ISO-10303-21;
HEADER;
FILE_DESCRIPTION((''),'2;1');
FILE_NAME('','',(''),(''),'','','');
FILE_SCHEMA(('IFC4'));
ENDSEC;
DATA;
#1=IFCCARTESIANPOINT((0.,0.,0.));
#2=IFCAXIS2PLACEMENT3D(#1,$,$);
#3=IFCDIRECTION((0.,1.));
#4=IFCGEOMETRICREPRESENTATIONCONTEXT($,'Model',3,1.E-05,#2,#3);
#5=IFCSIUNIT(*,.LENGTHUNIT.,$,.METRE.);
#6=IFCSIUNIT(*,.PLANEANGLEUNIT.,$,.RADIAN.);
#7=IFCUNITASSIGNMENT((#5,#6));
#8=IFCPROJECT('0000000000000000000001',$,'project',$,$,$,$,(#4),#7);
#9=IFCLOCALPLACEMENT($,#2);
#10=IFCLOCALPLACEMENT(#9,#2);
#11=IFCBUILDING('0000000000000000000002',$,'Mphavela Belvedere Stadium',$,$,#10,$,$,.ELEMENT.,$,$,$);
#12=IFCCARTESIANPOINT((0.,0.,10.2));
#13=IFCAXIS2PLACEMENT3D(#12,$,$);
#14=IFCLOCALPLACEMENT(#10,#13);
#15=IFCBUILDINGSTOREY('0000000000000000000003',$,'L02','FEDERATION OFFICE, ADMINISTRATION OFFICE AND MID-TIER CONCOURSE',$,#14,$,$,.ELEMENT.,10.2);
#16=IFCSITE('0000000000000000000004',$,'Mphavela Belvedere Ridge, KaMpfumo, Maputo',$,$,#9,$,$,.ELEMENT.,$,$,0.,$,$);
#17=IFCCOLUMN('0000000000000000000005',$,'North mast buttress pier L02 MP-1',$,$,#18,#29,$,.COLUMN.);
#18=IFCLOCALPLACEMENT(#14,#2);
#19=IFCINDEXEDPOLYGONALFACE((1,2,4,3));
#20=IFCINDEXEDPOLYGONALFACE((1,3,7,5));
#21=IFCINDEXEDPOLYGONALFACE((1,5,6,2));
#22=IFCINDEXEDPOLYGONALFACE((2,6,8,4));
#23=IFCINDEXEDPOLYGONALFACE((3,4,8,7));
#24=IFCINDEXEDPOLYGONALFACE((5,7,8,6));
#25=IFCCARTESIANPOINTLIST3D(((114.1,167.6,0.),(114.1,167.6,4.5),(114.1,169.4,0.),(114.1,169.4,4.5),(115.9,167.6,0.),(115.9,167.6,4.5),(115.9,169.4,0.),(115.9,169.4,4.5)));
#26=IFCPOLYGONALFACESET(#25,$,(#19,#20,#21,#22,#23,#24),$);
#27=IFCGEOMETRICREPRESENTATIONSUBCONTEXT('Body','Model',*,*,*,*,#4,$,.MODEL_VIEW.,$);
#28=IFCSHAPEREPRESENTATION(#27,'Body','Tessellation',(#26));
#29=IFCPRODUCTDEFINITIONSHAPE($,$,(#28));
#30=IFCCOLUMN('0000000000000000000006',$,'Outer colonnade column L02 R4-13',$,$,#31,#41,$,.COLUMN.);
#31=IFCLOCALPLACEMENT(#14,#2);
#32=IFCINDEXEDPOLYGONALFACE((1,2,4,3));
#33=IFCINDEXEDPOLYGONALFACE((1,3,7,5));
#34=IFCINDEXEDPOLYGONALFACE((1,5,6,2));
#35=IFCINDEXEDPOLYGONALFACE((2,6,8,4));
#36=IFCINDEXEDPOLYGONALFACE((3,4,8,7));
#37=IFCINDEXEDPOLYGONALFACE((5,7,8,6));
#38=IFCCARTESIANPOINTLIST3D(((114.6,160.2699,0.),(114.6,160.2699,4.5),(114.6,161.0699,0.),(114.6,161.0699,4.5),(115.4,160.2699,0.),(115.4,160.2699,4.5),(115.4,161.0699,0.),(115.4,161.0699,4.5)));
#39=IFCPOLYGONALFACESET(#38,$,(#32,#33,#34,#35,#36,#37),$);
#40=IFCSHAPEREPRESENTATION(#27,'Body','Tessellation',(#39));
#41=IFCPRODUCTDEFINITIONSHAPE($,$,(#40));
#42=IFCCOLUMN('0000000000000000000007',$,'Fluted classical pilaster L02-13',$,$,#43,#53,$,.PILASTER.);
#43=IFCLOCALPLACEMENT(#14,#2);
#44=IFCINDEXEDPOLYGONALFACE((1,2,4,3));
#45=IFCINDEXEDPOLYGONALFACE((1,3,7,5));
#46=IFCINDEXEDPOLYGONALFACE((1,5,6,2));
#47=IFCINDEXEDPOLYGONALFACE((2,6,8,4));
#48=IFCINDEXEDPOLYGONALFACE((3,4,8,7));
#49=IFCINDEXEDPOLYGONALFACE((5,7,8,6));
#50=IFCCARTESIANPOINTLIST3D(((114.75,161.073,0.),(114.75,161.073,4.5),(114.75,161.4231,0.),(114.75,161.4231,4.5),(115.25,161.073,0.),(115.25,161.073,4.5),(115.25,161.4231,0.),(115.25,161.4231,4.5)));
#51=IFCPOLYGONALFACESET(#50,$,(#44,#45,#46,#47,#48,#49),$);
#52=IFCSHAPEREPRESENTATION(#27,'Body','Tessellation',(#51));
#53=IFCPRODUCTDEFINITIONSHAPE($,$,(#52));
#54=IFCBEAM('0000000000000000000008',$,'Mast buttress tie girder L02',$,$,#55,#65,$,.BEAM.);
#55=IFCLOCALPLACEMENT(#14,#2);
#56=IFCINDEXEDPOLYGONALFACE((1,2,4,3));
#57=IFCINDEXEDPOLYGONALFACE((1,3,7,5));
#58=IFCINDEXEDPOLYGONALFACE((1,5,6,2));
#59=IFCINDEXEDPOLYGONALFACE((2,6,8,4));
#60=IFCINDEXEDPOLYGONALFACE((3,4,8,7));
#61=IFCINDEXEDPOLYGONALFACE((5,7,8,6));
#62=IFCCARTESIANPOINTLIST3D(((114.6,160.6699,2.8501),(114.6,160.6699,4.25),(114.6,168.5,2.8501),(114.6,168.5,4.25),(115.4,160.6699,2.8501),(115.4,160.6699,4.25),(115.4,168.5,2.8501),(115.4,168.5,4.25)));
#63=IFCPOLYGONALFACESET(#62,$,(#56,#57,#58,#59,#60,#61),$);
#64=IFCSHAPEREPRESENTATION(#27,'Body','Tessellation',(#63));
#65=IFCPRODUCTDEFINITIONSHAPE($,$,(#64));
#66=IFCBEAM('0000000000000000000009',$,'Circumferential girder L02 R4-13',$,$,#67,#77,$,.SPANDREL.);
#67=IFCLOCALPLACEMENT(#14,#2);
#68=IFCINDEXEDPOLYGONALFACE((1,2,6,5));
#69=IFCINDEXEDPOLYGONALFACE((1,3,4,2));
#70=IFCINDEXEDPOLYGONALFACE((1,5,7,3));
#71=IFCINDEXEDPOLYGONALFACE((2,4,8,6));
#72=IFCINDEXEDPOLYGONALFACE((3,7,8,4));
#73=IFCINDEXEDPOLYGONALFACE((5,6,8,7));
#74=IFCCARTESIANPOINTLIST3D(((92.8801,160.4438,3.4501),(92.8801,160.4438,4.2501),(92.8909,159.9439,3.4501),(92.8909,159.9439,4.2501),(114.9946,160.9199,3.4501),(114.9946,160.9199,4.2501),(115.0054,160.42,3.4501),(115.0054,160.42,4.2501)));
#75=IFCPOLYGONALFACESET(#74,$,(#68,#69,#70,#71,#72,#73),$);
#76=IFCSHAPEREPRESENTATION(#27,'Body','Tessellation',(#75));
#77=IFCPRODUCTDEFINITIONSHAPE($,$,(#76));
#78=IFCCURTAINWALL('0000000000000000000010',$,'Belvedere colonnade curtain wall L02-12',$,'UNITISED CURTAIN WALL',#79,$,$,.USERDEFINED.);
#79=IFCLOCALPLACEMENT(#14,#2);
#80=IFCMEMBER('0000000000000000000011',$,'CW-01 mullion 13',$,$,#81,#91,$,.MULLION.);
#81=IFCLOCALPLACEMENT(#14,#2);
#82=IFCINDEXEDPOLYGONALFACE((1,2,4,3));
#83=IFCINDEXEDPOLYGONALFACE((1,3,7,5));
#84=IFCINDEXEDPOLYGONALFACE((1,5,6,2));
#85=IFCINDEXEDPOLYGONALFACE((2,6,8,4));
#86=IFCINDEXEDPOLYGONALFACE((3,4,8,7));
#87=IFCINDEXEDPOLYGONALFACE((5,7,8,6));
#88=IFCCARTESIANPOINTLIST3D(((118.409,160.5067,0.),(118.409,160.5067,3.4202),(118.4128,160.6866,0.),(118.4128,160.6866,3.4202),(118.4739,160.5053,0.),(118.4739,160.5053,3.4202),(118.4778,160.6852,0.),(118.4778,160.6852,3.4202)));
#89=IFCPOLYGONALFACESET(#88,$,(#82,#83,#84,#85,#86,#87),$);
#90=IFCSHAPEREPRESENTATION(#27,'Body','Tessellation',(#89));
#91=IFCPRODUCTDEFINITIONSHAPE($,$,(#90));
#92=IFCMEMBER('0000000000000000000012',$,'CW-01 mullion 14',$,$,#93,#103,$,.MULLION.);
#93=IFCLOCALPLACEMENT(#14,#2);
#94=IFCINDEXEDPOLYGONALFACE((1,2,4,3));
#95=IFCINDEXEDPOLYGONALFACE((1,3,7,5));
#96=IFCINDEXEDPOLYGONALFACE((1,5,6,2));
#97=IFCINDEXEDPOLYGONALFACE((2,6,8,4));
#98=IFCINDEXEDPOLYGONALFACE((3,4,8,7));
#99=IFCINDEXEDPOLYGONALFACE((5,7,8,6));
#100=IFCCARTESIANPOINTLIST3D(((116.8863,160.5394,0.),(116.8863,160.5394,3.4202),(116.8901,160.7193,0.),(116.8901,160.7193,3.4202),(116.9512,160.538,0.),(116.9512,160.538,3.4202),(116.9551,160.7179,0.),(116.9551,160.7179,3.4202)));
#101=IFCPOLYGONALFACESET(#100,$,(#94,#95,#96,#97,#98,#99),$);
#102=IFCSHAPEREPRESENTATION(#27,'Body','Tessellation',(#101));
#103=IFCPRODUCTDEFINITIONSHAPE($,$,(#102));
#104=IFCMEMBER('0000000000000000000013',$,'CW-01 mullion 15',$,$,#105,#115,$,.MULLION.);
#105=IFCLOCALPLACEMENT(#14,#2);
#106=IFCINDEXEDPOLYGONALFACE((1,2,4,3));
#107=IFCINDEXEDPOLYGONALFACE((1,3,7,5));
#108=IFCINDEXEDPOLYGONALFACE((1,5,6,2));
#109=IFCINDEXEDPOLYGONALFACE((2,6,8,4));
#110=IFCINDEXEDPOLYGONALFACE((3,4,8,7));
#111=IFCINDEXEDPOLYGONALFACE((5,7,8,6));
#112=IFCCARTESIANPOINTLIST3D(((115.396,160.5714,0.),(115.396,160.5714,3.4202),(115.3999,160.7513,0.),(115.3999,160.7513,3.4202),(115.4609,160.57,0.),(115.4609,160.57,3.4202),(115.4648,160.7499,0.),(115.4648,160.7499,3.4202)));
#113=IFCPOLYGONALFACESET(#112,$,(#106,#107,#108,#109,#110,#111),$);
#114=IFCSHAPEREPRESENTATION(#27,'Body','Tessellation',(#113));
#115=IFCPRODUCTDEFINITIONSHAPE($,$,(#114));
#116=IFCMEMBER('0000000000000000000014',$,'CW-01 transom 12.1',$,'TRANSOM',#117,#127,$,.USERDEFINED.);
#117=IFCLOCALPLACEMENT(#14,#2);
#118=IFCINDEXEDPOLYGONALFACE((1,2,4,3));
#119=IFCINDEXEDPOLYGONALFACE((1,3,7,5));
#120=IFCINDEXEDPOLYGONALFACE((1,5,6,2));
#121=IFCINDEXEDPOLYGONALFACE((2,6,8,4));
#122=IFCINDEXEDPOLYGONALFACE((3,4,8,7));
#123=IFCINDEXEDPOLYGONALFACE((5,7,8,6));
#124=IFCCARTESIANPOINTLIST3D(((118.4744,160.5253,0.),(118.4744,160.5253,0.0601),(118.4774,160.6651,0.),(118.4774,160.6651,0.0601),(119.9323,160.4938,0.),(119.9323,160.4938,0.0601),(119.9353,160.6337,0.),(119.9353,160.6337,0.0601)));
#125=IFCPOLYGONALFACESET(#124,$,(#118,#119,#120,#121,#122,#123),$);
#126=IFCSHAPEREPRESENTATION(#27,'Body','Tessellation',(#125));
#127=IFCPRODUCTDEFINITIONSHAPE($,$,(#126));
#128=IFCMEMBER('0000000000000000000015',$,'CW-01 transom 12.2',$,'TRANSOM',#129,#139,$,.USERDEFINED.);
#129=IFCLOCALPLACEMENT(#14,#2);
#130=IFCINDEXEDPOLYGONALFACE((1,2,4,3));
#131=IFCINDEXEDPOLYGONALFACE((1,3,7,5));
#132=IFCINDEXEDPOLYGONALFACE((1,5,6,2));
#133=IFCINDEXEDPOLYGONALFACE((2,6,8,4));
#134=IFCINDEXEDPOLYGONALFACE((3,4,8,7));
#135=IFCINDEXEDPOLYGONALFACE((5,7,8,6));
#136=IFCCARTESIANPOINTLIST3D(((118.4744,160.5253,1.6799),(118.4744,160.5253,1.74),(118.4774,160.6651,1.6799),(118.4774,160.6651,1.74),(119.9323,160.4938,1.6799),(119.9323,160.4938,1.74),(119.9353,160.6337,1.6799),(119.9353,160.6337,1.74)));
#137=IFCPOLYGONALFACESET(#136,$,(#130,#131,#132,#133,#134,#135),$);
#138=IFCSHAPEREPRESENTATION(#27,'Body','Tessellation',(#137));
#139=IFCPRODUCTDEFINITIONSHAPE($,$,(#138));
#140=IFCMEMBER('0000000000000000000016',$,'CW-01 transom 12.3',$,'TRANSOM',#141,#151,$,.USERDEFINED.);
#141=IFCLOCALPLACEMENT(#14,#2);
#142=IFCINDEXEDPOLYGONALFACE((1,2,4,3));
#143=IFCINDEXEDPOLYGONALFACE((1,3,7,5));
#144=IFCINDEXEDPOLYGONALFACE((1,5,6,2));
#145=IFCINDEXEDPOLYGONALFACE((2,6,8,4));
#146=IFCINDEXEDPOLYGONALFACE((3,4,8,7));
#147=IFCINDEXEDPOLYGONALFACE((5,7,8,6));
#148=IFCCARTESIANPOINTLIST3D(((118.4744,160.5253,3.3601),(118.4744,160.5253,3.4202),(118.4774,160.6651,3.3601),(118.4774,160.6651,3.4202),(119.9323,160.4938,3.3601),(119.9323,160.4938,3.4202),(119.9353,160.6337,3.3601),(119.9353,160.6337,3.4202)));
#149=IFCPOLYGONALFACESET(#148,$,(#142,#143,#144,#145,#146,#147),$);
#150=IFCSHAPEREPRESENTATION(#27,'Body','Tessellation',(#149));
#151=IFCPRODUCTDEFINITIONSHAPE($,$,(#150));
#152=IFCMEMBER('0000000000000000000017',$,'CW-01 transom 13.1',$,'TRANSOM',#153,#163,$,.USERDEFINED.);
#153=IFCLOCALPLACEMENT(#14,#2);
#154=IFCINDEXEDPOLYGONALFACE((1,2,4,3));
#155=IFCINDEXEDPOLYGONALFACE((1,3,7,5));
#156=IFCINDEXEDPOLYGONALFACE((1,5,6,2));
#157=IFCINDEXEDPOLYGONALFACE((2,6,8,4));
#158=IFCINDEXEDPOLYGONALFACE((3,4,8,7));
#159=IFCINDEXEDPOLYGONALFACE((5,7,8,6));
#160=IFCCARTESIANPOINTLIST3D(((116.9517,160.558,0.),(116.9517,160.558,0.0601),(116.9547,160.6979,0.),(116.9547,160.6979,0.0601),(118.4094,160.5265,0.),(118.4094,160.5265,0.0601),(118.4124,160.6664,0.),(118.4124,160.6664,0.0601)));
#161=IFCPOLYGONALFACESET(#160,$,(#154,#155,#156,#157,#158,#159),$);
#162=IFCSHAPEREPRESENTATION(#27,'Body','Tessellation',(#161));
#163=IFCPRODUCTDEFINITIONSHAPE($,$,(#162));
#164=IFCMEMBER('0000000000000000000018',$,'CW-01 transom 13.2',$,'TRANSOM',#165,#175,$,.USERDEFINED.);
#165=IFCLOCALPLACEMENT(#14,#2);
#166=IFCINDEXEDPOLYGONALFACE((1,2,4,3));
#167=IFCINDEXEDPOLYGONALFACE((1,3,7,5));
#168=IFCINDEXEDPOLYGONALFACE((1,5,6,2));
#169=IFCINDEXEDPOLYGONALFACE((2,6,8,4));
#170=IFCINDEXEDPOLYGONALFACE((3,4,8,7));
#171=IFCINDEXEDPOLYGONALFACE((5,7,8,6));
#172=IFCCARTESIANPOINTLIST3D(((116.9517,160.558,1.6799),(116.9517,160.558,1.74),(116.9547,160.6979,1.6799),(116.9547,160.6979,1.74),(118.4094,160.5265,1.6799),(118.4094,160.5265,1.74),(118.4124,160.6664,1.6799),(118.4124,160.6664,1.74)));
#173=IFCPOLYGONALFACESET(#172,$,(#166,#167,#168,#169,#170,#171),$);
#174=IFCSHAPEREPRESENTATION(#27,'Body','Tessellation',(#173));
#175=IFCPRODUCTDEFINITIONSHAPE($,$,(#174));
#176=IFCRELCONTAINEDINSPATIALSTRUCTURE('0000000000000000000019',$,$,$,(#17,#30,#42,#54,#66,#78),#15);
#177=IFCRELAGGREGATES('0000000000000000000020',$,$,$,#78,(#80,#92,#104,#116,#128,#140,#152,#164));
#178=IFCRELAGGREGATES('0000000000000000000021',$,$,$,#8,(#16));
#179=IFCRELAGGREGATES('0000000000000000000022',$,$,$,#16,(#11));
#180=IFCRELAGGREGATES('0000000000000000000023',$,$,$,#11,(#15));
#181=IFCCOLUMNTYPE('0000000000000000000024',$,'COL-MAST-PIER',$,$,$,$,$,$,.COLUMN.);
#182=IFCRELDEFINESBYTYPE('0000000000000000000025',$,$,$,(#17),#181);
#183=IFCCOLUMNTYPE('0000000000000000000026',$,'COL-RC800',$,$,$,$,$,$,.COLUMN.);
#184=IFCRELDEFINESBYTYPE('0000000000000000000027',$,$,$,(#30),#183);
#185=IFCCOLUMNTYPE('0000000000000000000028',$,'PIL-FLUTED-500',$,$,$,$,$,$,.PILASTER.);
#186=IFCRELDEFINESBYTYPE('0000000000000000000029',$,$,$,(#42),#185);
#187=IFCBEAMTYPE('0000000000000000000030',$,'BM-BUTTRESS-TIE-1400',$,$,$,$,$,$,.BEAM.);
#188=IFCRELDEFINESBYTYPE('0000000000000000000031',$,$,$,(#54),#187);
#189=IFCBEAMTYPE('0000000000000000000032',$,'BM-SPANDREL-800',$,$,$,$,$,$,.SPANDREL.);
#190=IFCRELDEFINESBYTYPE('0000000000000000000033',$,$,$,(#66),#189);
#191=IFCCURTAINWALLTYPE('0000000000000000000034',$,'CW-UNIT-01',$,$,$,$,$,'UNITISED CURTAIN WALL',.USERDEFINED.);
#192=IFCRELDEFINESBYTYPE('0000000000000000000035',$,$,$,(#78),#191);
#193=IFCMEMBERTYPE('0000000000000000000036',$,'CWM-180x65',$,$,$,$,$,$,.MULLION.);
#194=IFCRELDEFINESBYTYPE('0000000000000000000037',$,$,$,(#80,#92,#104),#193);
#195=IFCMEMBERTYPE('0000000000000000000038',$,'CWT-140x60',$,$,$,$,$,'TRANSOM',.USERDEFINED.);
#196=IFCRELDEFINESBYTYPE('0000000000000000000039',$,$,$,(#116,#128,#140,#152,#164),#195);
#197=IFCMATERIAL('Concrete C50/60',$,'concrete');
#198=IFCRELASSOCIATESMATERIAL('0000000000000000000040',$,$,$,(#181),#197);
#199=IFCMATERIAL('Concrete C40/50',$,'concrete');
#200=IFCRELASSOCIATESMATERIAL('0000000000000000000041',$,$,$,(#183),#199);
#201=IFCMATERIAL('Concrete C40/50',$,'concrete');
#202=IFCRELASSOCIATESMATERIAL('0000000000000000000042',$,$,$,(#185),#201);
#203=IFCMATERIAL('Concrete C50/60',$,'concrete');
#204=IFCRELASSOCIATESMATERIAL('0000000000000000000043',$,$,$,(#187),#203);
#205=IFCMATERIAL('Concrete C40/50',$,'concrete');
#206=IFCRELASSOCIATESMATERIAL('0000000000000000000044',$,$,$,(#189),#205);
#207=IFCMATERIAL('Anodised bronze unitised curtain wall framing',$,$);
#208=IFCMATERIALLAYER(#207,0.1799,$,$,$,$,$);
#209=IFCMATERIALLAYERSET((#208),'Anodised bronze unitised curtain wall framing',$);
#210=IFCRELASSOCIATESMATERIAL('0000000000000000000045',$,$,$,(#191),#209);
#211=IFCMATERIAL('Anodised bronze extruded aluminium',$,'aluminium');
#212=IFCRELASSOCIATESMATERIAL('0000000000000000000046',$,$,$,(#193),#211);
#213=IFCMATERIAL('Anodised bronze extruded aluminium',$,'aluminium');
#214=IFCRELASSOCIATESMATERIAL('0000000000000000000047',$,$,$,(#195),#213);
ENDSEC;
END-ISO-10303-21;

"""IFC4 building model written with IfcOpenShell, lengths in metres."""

from ifc_helpers import new_model, si_unit, direction, frame, origin, origin_2d, place, context, subcontext, project, spatial, rectangle, extrude, material, layer, layer_set, material_profile, profile_set, type_object, element, aggregate, save


model = new_model("IFC4")

# Units and contexts
model_context = context("Model", 3, precision=1e-05, world=origin(), true_north=direction((0.0, 1.0)))
body_context = subcontext(model_context, "Body", "Model", "MODEL_VIEW")
ifc_project = project(units=[si_unit("LENGTHUNIT", "METRE"), si_unit("PLANEANGLEUNIT", "RADIAN")], contexts=[model_context])

# Site, building, storey
site_placement = place(None, origin())
site = spatial("IfcSite", under=ifc_project, at=site_placement, Name="Mphavela Belvedere Ridge, KaMpfumo, Maputo", CompositionType="ELEMENT", RefElevation=0.0)
building_placement = place(site_placement, origin())
building = spatial("IfcBuilding", under=site, at=building_placement, Name="Mphavela Belvedere Stadium", CompositionType="ELEMENT")
storey_placement = place(building_placement, frame((0.0, 0.0, 10.2)))
storey = spatial("IfcBuildingStorey", under=building, at=storey_placement, Name="L02", Description="FEDERATION OFFICE, ADMINISTRATION OFFICE AND MID-TIER CONCOURSE", CompositionType="ELEMENT", Elevation=10.2)

# Columns
ifc_material_1 = material(Name="Concrete C50/60", Category="concrete")
ifc_material_profile_1 = material_profile(ifc_material_1, rectangle(XDim=1.8, YDim=1.8, at=origin_2d()), Name="RC 1800x1800")
ifc_profile_set_1 = profile_set([ifc_material_profile_1], Name="Concrete C50/60")
column_type_1 = type_object("IfcColumnType", Name="COL-MAST-PIER", PredefinedType="COLUMN", material=ifc_profile_set_1)
column_1_placement = place(storey_placement, frame((115.0, 168.5, 0.0), z_axis=(0.0, 0.0, 1.0), x_axis=(1.0, 0.0, 0.0)))
element("IfcColumn", 1, at=column_1_placement, inside=storey, type_object=column_type_1, Name="North mast buttress pier L02 MP-1", PredefinedType="COLUMN", context=body_context, shape_type="SweptSolid", body=[
    extrude(rectangle(XDim=1.8, YDim=1.8, at=origin_2d()), origin(), (0.0, 0.0, 1.0), 4.5),
])
ifc_material_2 = material(Name="Concrete C40/50", Category="concrete")
ifc_material_profile_2 = material_profile(ifc_material_2, rectangle(XDim=0.8, YDim=0.8, at=origin_2d()), Name="RC 800x800")
ifc_profile_set_2 = profile_set([ifc_material_profile_2], Name="Concrete C40/50")
column_type_2 = type_object("IfcColumnType", Name="COL-RC800", PredefinedType="COLUMN", material=ifc_profile_set_2)
column_2_placement = place(storey_placement, frame((115.0, 160.6699, 0.0), z_axis=(0.0, 0.0, 1.0), x_axis=(0.0, 1.0, 0.0)))
element("IfcColumn", 2, at=column_2_placement, inside=storey, type_object=column_type_2, Name="Outer colonnade column L02 R4-13", PredefinedType="COLUMN", context=body_context, shape_type="SweptSolid", body=[
    extrude(rectangle(XDim=0.8, YDim=0.8, at=origin_2d()), origin(), (0.0, 0.0, 1.0), 4.5),
])
ifc_material_3 = material(Name="Concrete C40/50", Category="concrete")
ifc_material_profile_3 = material_profile(ifc_material_3, rectangle(XDim=0.5, YDim=0.3501, at=origin_2d()), Name="PIL 500x350")
ifc_profile_set_3 = profile_set([ifc_material_profile_3], Name="Concrete C40/50")
column_type_3 = type_object("IfcColumnType", Name="PIL-FLUTED-500", PredefinedType="PILASTER", material=ifc_profile_set_3)
column_3_placement = place(storey_placement, frame((115.0, 161.248, 0.0), z_axis=(0.0, 0.0, 1.0), x_axis=(-1.0, 0.0, 0.0)))
element("IfcColumn", 3, at=column_3_placement, inside=storey, type_object=column_type_3, Name="Fluted classical pilaster L02-13", PredefinedType="PILASTER", context=body_context, shape_type="SweptSolid", body=[
    extrude(rectangle(XDim=0.5, YDim=0.3501, at=origin_2d()), origin(), (0.0, 0.0, 1.0), 4.5),
])

# Beams
ifc_material_4 = material(Name="Concrete C50/60", Category="concrete")
ifc_material_profile_4 = material_profile(ifc_material_4, rectangle(XDim=0.8, YDim=1.3999, at=origin_2d()), Name="RC 800x1400")
ifc_profile_set_4 = profile_set([ifc_material_profile_4], Name="Concrete C50/60")
beam_type_1 = type_object("IfcBeamType", Name="BM-BUTTRESS-TIE-1400", PredefinedType="BEAM", material=ifc_profile_set_4)
beam_1_placement = place(storey_placement, frame((115.0, 160.6699, 3.55), z_axis=(0.0, 1.0, 0.0), x_axis=(-1.0, 0.0, 0.0)))
element("IfcBeam", 4, at=beam_1_placement, inside=storey, type_object=beam_type_1, Name="Mast buttress tie girder L02", PredefinedType="BEAM", context=body_context, shape_type="SweptSolid", body=[
    extrude(rectangle(XDim=0.8, YDim=1.3999, at=origin_2d()), origin(), (0.0, 0.0, 1.0), 7.8301),
])
ifc_material_5 = material(Name="Concrete C40/50", Category="concrete")
ifc_material_profile_5 = material_profile(ifc_material_5, rectangle(XDim=0.5, YDim=0.8, at=origin_2d()), Name="RC 500x800")
ifc_profile_set_5 = profile_set([ifc_material_profile_5], Name="Concrete C40/50")
beam_type_2 = type_object("IfcBeamType", Name="BM-SPANDREL-800", PredefinedType="SPANDREL", material=ifc_profile_set_5)
beam_2_placement = place(storey_placement, frame((115.0, 160.6699, 3.8501), z_axis=(-0.999768, -0.021523, 0.0), x_axis=(0.021523, -0.999768, 0.0)))
element("IfcBeam", 5, at=beam_2_placement, inside=storey, type_object=beam_type_2, Name="Circumferential girder L02 R4-13", PredefinedType="SPANDREL", context=body_context, shape_type="SweptSolid", body=[
    extrude(rectangle(XDim=0.5, YDim=0.8, at=origin_2d()), origin(), (0.0, 0.0, 1.0), 22.1196),
])

# Curtain wall, members
ifc_material_6 = material(Name="Anodised bronze unitised curtain wall framing")
ifc_layer_1 = layer(ifc_material_6, 0.1799)
ifc_layer_set_1 = layer_set([ifc_layer_1], Name="Anodised bronze unitised curtain wall framing")
curtain_wall_type = type_object("IfcCurtainWallType", Name="CW-UNIT-01", ElementType="UNITISED CURTAIN WALL", PredefinedType="USERDEFINED", material=ifc_layer_set_1)
curtain_wall_placement = place(storey_placement, origin())
curtain_wall = element("IfcCurtainWall", 6, at=curtain_wall_placement, inside=storey, type_object=curtain_wall_type, Name="Belvedere colonnade curtain wall L02-12", ObjectType="UNITISED CURTAIN WALL", PredefinedType="USERDEFINED")
ifc_material_7 = material(Name="Anodised bronze extruded aluminium", Category="aluminium")
ifc_material_profile_6 = material_profile(ifc_material_7, rectangle(XDim=0.1799, YDim=0.0649, at=origin_2d()), Name="CW-MUL 180x65")
ifc_profile_set_6 = profile_set([ifc_material_profile_6], Name="Anodised bronze extruded aluminium")
member_type_1 = type_object("IfcMemberType", Name="CWM-180x65", PredefinedType="MULLION", material=ifc_profile_set_6)
member_1_placement = place(storey_placement, frame((118.4434, 160.5959, 0.0), z_axis=(0.0, 0.0, 1.0), x_axis=(-0.021525, -0.999768, 0.0)))
member_1 = element("IfcMember", 7, at=member_1_placement, type_object=member_type_1, Name="CW-01 mullion 13", PredefinedType="MULLION", context=body_context, shape_type="SweptSolid", body=[
    extrude(rectangle(XDim=0.1799, YDim=0.0649, at=origin_2d()), origin(), (0.0, 0.0, 1.0), 3.4202),
])
member_2_placement = place(storey_placement, frame((116.9207, 160.6287, 0.0), z_axis=(0.0, 0.0, 1.0), x_axis=(-0.021525, -0.999768, 0.0)))
member_2 = element("IfcMember", 8, at=member_2_placement, type_object=member_type_1, Name="CW-01 mullion 14", PredefinedType="MULLION", context=body_context, shape_type="SweptSolid", body=[
    extrude(rectangle(XDim=0.1799, YDim=0.0649, at=origin_2d()), origin(), (0.0, 0.0, 1.0), 3.4202),
])
member_3_placement = place(storey_placement, frame((115.4304, 160.6606, 0.0), z_axis=(0.0, 0.0, 1.0), x_axis=(-0.021525, -0.999768, 0.0)))
member_3 = element("IfcMember", 9, at=member_3_placement, type_object=member_type_1, Name="CW-01 mullion 15", PredefinedType="MULLION", context=body_context, shape_type="SweptSolid", body=[
    extrude(rectangle(XDim=0.1799, YDim=0.0649, at=origin_2d()), origin(), (0.0, 0.0, 1.0), 3.4202),
])
ifc_material_8 = material(Name="Anodised bronze extruded aluminium", Category="aluminium")
ifc_material_profile_7 = material_profile(ifc_material_8, rectangle(XDim=0.1399, YDim=0.0601, at=origin_2d()), Name="CW-TRN 140x60")
ifc_profile_set_7 = profile_set([ifc_material_profile_7], Name="Anodised bronze extruded aluminium")
member_type_2 = type_object("IfcMemberType", Name="CWT-140x60", ElementType="TRANSOM", PredefinedType="USERDEFINED", material=ifc_profile_set_7)
member_4_placement = place(storey_placement, frame((119.9338, 160.5637, 0.03), z_axis=(-0.999767, 0.021596, 0.0), x_axis=(-0.021596, -0.999767, 0.0)))
member_4 = element("IfcMember", 10, at=member_4_placement, type_object=member_type_2, Name="CW-01 transom 12.1", ObjectType="TRANSOM", PredefinedType="USERDEFINED", context=body_context, shape_type="SweptSolid", body=[
    extrude(rectangle(XDim=0.1399, YDim=0.0601, at=origin_2d()), origin(), (0.0, 0.0, 1.0), 1.4583),
])
member_5_placement = place(storey_placement, frame((119.9338, 160.5637, 1.71), z_axis=(-0.999767, 0.021596, 0.0), x_axis=(-0.021596, -0.999767, 0.0)))
member_5 = element("IfcMember", 11, at=member_5_placement, type_object=member_type_2, Name="CW-01 transom 12.2", ObjectType="TRANSOM", PredefinedType="USERDEFINED", context=body_context, shape_type="SweptSolid", body=[
    extrude(rectangle(XDim=0.1399, YDim=0.0601, at=origin_2d()), origin(), (0.0, 0.0, 1.0), 1.4583),
])
member_6_placement = place(storey_placement, frame((119.9338, 160.5637, 3.3901), z_axis=(-0.999767, 0.021596, 0.0), x_axis=(-0.021596, -0.999767, 0.0)))
member_6 = element("IfcMember", 12, at=member_6_placement, type_object=member_type_2, Name="CW-01 transom 12.3", ObjectType="TRANSOM", PredefinedType="USERDEFINED", context=body_context, shape_type="SweptSolid", body=[
    extrude(rectangle(XDim=0.1399, YDim=0.0601, at=origin_2d()), origin(), (0.0, 0.0, 1.0), 1.4583),
])
member_7_placement = place(storey_placement, frame((118.4109, 160.5964, 0.03), z_axis=(-0.999767, 0.021599, 0.0), x_axis=(-0.021599, -0.999767, 0.0)))
member_7 = element("IfcMember", 13, at=member_7_placement, type_object=member_type_2, Name="CW-01 transom 13.1", ObjectType="TRANSOM", PredefinedType="USERDEFINED", context=body_context, shape_type="SweptSolid", body=[
    extrude(rectangle(XDim=0.1399, YDim=0.0601, at=origin_2d()), origin(), (0.0, 0.0, 1.0), 1.458),
])
member_8_placement = place(storey_placement, frame((118.4109, 160.5964, 1.71), z_axis=(-0.999767, 0.021599, 0.0), x_axis=(-0.021599, -0.999767, 0.0)))
member_8 = element("IfcMember", 14, at=member_8_placement, type_object=member_type_2, Name="CW-01 transom 13.2", ObjectType="TRANSOM", PredefinedType="USERDEFINED", context=body_context, shape_type="SweptSolid", body=[
    extrude(rectangle(XDim=0.1399, YDim=0.0601, at=origin_2d()), origin(), (0.0, 0.0, 1.0), 1.458),
])
aggregate(curtain_wall, [member_1, member_2, member_3, member_4, member_5, member_6, member_7, member_8])

save(model, "model.ifc")
